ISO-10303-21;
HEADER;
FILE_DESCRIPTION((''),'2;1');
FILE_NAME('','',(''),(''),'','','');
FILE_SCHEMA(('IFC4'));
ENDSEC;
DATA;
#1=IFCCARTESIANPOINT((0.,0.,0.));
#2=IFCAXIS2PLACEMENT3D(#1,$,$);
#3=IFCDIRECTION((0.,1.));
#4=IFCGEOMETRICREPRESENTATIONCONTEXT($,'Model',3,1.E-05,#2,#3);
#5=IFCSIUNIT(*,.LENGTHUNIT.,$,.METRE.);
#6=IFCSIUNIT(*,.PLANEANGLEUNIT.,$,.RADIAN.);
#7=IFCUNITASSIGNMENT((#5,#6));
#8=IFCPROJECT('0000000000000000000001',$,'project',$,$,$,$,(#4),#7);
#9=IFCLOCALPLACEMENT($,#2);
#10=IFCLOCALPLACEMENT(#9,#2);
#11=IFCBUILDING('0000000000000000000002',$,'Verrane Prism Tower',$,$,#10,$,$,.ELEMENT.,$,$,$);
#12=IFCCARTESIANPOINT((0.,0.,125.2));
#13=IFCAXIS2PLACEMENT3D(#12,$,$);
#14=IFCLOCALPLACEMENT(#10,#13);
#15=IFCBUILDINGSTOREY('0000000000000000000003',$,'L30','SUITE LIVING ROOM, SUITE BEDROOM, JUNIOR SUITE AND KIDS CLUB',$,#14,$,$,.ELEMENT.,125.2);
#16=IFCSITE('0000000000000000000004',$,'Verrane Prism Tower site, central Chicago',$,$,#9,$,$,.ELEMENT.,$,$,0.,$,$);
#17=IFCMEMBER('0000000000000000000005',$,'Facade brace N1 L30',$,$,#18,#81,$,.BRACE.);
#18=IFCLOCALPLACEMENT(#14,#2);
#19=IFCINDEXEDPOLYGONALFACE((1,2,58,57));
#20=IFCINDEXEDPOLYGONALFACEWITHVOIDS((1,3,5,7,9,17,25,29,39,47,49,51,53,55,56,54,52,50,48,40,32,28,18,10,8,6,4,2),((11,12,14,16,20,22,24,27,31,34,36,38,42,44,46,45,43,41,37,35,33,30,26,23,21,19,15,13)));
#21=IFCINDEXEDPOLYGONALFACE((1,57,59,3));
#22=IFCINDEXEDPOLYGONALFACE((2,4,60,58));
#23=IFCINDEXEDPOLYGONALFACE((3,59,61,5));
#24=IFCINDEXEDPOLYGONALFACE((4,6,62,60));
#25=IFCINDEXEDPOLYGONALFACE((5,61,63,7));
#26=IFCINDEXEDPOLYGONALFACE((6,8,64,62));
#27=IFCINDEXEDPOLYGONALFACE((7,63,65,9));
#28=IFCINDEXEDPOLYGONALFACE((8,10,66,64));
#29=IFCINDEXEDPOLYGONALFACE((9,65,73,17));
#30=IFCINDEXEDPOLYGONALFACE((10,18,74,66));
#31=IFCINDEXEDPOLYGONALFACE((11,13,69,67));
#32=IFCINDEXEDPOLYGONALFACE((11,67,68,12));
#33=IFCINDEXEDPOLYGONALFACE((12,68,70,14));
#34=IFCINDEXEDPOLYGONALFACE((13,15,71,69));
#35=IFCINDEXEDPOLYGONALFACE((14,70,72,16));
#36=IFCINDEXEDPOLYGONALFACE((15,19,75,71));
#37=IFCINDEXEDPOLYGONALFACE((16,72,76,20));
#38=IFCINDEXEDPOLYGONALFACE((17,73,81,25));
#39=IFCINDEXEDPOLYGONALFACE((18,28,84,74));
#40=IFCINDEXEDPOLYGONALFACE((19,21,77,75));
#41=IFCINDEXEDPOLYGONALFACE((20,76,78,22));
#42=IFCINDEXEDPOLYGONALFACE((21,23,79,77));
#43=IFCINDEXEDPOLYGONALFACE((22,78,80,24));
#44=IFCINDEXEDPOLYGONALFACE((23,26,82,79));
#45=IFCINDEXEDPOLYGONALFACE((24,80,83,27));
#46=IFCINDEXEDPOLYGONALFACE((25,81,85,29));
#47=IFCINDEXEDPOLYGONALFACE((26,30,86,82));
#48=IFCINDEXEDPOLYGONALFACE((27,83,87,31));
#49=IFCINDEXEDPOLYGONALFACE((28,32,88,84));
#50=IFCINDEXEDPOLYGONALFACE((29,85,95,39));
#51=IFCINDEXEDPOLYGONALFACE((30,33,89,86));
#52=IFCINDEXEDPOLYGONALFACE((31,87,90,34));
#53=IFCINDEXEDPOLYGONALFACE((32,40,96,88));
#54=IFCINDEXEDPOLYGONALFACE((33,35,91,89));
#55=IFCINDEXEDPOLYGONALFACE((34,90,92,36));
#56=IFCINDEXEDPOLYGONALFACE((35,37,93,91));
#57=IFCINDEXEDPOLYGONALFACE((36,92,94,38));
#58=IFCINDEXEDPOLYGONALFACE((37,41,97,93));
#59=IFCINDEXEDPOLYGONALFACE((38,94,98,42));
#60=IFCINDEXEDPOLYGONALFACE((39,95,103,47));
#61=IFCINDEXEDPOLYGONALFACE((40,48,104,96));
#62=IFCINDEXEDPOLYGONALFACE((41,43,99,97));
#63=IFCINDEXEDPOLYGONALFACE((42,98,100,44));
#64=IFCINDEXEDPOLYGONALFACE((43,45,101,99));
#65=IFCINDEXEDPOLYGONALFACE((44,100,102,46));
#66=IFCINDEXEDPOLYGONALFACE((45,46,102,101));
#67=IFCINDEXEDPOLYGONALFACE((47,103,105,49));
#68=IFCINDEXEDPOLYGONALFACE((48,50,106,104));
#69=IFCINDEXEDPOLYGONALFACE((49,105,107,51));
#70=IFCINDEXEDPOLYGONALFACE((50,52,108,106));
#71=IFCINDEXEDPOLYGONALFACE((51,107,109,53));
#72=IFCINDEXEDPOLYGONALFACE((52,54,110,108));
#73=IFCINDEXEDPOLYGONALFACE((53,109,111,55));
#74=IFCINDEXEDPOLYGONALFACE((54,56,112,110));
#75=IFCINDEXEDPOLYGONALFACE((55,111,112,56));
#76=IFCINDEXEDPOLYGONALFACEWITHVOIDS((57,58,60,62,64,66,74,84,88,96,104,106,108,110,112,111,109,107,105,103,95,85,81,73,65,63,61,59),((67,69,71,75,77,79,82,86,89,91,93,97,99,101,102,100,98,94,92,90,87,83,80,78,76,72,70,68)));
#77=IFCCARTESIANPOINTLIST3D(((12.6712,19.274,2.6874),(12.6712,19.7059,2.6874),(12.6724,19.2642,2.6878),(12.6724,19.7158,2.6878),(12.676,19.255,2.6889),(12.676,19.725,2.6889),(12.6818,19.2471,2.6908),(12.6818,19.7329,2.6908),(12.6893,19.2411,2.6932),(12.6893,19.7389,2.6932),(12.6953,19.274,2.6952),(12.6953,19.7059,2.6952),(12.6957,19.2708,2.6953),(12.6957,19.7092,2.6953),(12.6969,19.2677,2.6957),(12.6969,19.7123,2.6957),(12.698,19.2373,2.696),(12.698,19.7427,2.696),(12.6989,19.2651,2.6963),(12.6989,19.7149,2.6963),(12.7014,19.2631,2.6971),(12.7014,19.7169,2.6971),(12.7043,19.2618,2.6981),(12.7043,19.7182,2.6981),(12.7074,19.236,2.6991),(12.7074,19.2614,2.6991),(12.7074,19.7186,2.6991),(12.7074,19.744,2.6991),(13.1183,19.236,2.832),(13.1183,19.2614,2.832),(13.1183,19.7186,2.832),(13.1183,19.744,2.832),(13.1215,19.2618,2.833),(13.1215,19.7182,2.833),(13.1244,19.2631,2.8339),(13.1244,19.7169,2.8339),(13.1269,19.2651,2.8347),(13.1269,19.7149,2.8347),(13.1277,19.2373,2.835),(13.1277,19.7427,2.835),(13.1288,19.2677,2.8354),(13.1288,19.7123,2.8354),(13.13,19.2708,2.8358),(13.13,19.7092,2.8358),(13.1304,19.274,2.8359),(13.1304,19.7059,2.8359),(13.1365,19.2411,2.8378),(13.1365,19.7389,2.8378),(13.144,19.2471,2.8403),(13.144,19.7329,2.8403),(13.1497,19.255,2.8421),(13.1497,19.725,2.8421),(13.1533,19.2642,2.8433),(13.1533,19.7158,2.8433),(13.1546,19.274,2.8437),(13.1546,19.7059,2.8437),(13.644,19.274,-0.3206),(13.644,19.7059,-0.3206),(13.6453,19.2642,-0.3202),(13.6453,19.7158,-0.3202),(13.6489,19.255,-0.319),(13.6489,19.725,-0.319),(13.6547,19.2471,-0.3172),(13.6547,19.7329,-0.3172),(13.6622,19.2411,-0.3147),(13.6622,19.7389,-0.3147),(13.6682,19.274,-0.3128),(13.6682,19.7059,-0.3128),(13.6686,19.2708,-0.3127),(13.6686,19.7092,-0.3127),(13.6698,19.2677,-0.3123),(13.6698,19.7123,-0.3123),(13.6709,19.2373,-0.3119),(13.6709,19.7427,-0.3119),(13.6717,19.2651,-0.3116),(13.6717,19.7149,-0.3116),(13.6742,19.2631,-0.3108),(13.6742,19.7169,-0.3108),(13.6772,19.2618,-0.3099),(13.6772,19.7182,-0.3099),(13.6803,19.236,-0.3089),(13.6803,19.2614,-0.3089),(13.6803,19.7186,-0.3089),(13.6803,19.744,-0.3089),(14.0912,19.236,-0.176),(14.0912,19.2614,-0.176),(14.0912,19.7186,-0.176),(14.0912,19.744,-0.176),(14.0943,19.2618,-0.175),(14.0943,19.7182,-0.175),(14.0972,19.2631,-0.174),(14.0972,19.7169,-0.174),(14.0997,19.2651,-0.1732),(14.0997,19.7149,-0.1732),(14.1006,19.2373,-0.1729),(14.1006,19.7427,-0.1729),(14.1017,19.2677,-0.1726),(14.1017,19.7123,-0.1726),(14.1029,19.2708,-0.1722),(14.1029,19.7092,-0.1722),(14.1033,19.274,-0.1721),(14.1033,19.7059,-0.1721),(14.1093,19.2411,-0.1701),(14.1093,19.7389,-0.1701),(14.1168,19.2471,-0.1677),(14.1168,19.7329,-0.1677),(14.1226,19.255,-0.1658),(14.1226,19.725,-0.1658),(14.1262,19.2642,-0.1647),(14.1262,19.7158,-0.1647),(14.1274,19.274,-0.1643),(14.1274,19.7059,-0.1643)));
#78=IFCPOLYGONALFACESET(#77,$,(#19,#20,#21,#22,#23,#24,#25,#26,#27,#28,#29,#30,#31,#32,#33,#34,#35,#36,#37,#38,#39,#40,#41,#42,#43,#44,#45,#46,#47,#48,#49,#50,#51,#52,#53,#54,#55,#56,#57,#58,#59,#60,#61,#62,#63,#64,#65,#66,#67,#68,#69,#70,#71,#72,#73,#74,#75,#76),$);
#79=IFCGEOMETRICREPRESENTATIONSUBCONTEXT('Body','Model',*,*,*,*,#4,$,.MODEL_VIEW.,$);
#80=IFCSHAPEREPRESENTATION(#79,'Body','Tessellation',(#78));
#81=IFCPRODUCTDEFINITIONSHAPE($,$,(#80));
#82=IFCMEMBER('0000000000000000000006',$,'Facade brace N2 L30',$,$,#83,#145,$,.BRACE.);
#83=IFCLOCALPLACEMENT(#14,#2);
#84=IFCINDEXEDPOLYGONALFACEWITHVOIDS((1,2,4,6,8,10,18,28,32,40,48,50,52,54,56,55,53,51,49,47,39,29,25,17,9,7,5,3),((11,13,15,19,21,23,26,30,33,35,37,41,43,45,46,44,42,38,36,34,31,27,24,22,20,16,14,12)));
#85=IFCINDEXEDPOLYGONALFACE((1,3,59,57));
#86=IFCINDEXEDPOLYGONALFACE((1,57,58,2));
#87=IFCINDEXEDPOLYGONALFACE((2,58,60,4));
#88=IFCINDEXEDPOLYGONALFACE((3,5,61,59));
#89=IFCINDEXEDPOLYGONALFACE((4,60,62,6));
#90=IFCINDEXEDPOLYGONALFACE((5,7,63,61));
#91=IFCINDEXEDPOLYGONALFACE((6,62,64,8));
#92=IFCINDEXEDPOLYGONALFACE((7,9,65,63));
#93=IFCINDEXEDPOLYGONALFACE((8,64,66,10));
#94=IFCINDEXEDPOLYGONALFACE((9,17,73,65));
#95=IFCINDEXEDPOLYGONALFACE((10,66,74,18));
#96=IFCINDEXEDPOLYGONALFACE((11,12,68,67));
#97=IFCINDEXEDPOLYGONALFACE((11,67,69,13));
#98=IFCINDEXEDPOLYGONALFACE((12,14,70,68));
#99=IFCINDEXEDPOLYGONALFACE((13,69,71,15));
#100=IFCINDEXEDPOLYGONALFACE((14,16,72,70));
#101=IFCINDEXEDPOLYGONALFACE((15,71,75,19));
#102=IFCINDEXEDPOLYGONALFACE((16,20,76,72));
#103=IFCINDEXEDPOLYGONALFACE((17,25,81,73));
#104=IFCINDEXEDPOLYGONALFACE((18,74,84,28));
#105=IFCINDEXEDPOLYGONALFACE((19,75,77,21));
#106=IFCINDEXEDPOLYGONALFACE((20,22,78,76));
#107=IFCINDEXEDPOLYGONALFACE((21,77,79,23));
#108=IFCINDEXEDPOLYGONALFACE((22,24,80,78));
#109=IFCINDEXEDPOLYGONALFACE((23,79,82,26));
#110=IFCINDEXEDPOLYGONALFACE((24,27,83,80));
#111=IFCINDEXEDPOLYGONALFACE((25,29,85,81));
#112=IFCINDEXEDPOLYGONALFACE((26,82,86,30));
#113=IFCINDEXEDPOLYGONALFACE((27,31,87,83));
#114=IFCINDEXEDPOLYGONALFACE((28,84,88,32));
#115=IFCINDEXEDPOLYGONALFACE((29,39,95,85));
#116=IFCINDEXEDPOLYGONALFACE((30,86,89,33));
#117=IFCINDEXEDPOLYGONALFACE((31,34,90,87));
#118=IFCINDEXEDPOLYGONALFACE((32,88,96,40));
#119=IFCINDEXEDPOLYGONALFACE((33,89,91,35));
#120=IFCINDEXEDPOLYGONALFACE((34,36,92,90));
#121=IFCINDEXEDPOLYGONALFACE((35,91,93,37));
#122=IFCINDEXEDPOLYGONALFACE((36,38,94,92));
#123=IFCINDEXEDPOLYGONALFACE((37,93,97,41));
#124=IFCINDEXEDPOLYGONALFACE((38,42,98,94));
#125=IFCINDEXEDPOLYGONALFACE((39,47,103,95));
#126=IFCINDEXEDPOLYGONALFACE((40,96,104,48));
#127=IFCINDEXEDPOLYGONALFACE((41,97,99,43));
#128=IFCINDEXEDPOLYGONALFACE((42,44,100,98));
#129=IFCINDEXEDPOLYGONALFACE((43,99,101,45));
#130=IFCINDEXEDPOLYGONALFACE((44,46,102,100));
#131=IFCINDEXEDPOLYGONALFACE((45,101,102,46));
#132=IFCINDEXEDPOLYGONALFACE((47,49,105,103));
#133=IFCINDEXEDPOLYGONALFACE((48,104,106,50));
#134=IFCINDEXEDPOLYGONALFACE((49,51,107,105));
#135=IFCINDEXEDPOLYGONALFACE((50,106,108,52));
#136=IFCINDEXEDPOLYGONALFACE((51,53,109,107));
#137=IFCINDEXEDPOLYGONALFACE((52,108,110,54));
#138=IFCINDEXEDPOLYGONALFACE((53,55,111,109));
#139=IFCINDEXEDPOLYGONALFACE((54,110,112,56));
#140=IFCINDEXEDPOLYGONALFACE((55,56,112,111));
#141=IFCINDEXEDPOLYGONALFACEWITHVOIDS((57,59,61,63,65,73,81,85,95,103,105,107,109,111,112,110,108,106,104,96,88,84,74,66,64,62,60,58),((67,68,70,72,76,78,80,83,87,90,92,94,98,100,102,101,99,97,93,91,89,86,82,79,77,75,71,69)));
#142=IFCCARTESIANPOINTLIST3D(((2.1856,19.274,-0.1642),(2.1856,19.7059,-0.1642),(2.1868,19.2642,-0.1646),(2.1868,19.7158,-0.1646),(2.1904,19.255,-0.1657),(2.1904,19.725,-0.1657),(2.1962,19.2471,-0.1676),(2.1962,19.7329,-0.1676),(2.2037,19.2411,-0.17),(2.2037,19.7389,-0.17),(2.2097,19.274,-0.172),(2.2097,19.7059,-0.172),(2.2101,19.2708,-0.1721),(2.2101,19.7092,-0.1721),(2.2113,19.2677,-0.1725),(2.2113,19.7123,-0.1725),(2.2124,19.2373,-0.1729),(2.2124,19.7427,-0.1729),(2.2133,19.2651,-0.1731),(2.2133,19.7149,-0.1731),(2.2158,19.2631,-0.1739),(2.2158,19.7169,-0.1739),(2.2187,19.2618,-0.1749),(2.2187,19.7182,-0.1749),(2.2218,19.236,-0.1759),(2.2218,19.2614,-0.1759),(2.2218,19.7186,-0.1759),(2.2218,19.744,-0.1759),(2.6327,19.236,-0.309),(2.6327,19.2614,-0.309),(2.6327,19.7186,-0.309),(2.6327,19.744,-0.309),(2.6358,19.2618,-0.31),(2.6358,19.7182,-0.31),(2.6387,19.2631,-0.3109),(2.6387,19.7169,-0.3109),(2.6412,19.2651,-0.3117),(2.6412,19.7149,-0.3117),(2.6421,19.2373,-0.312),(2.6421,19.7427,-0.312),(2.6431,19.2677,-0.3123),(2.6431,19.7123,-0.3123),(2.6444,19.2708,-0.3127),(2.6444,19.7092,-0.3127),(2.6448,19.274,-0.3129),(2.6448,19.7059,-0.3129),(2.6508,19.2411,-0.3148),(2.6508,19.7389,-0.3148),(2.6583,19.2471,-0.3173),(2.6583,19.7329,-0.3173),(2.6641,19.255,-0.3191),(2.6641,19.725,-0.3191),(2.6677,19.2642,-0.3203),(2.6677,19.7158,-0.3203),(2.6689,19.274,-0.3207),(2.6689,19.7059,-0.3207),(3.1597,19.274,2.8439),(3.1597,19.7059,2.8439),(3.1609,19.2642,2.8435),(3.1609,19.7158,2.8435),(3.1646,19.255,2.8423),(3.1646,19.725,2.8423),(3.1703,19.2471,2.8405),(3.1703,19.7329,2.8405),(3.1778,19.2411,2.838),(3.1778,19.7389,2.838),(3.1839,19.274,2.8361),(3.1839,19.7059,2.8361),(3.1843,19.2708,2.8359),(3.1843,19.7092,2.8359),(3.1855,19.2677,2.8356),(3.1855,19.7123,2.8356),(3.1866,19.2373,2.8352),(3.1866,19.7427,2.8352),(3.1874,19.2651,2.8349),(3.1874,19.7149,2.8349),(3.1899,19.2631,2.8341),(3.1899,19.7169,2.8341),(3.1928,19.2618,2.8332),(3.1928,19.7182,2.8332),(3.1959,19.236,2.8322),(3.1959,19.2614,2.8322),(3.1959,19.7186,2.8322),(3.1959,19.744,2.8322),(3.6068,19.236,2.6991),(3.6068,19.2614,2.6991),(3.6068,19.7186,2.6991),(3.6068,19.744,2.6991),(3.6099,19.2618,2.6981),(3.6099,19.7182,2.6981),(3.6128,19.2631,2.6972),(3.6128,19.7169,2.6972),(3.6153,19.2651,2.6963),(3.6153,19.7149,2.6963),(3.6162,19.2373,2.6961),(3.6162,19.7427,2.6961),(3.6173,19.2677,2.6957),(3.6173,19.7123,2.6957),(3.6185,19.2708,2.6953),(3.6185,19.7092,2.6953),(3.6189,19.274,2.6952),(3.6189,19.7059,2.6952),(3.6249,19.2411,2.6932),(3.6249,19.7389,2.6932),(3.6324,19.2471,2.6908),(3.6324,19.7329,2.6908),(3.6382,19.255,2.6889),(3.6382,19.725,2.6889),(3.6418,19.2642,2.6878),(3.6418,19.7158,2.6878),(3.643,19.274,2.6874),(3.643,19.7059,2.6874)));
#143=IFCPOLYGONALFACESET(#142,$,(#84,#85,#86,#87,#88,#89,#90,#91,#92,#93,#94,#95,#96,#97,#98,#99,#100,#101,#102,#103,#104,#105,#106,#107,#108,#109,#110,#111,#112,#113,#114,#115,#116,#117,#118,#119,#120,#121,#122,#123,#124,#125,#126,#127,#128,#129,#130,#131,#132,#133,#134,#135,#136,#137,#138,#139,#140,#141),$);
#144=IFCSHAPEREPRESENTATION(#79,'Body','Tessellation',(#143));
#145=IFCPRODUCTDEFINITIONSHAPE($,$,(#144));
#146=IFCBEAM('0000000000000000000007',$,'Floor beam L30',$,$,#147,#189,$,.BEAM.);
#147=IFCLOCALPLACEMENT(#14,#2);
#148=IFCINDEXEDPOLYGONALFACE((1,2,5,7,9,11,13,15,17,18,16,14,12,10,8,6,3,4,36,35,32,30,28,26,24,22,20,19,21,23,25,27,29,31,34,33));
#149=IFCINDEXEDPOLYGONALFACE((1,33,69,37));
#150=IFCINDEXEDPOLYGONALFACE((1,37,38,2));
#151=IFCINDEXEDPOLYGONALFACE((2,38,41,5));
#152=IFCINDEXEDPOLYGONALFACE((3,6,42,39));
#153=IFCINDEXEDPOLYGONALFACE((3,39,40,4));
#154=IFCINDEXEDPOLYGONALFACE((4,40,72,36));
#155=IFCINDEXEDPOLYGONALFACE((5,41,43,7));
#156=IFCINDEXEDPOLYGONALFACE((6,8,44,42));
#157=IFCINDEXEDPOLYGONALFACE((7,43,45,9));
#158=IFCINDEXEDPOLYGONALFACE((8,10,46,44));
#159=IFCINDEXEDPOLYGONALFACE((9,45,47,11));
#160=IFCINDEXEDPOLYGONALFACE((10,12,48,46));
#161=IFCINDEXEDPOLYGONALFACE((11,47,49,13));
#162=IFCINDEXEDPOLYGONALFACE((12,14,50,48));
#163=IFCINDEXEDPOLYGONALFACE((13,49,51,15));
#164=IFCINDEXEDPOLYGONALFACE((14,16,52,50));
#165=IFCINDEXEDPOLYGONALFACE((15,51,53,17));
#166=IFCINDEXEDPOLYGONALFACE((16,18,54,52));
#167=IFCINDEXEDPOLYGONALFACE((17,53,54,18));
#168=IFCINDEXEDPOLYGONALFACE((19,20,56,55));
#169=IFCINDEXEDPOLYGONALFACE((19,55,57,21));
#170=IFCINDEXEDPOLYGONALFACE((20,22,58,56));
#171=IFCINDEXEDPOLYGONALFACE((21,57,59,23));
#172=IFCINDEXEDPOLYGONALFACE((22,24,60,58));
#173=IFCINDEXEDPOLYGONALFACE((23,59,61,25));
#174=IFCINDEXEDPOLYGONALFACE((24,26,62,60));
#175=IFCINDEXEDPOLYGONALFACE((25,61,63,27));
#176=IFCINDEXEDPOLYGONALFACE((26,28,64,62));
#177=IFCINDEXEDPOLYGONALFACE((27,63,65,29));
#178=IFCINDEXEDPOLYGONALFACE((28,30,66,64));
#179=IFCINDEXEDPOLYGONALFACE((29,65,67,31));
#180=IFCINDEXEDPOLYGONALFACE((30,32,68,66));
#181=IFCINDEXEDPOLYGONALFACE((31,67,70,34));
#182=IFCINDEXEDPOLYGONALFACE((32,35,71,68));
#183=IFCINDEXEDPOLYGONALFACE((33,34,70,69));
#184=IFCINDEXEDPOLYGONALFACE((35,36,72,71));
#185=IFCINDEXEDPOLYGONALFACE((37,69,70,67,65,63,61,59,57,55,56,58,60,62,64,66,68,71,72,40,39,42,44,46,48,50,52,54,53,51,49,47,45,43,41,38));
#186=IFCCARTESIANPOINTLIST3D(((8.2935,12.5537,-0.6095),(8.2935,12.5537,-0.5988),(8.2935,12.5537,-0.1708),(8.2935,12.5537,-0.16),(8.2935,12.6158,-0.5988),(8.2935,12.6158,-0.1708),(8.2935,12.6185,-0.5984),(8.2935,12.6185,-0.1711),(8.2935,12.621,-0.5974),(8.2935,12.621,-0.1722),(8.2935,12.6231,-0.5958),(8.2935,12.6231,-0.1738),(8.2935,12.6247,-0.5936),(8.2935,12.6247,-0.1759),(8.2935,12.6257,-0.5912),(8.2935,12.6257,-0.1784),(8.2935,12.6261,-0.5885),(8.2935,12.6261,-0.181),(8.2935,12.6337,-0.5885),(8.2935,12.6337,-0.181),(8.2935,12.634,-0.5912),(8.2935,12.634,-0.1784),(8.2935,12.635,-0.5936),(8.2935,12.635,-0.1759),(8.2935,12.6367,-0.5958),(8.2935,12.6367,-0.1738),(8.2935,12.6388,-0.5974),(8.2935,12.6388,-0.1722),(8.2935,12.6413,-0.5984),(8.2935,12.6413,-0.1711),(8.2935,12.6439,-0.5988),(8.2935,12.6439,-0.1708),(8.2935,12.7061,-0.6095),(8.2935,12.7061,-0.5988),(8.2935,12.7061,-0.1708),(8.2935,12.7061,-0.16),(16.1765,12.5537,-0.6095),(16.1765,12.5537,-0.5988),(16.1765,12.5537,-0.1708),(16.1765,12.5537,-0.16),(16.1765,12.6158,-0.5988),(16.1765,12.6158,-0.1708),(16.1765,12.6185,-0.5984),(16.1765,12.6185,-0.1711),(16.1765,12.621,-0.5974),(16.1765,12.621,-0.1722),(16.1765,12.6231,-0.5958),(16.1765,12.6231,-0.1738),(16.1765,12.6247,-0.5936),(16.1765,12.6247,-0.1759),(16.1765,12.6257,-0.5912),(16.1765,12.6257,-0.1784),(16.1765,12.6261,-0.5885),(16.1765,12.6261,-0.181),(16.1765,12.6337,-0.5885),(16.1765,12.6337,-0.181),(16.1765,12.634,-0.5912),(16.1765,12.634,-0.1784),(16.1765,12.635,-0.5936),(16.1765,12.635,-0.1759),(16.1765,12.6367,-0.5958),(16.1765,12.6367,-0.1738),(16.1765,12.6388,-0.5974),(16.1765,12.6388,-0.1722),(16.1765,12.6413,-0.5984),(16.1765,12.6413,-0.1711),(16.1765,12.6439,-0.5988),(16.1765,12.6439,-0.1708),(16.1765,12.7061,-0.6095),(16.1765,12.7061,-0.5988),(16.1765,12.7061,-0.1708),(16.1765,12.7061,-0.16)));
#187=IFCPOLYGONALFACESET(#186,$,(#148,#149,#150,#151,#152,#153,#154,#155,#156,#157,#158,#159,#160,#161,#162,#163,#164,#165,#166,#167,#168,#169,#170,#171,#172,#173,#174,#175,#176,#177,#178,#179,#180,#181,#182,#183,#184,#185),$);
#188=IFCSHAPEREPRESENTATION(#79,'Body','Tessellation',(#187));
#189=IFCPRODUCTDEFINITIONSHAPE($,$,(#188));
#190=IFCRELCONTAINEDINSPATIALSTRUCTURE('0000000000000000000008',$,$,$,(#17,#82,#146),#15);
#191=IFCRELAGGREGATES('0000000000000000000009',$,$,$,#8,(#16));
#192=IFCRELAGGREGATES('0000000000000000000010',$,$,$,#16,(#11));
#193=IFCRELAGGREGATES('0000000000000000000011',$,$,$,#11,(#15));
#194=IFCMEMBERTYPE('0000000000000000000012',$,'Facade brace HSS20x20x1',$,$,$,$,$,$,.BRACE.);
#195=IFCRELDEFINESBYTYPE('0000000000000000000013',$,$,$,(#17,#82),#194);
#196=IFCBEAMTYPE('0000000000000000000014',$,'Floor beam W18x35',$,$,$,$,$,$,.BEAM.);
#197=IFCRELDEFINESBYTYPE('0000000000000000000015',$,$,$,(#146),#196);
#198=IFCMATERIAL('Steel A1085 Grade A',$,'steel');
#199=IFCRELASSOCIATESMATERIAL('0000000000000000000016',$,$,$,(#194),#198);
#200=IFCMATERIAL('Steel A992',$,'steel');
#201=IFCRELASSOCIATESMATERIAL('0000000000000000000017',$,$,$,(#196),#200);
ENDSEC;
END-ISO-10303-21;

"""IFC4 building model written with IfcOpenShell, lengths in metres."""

from ifc_helpers import new_model, si_unit, direction, frame, origin, origin_2d, place, context, subcontext, project, spatial, hollow_rectangle, i_section, extrude, material, material_profile, profile_set, type_object, element, save


model = new_model("IFC4")

# Units and contexts
model_context = context("Model", 3, precision=1e-05, world=origin(), true_north=direction((0.0, 1.0)))
body_context = subcontext(model_context, "Body", "Model", "MODEL_VIEW")
ifc_project = project(units=[si_unit("LENGTHUNIT", "METRE"), si_unit("PLANEANGLEUNIT", "RADIAN")], contexts=[model_context])

# Site, building, storey
site_placement = place(None, origin())
site = spatial("IfcSite", under=ifc_project, at=site_placement, Name="Verrane Prism Tower site, central Chicago", CompositionType="ELEMENT", RefElevation=0.0)
building_placement = place(site_placement, origin())
building = spatial("IfcBuilding", under=site, at=building_placement, Name="Verrane Prism Tower", CompositionType="ELEMENT")
storey_placement = place(building_placement, frame((0.0, 0.0, 125.2)))
storey = spatial("IfcBuildingStorey", under=building, at=storey_placement, Name="L30", Description="SUITE LIVING ROOM, SUITE BEDROOM, JUNIOR SUITE AND KIDS CLUB", CompositionType="ELEMENT", Elevation=125.2)

# Members
ifc_material_1 = material(Name="Steel A1085 Grade A", Category="steel")
ifc_material_profile_1 = material_profile(ifc_material_1, hollow_rectangle(XDim=0.5081, YDim=0.5081, WallThickness=0.0254, InnerFilletRadius=0.0127, OuterFilletRadius=0.0381, at=origin_2d()), Name="HSS20x20x1")
ifc_profile_set_1 = profile_set([ifc_material_profile_1], Name="Steel A1085 Grade A")
member_type_1 = type_object("IfcMemberType", Name="Facade brace HSS20x20x1", PredefinedType="BRACE", material=ifc_profile_set_1)
member_1_placement = place(storey_placement, frame((13.8857, 19.49, -0.2424), z_axis=(-0.307736, 0.0, 0.951472), x_axis=(0.0, -1.0, 0.0)))
element("IfcMember", 1, at=member_1_placement, inside=storey, type_object=member_type_1, Name="Facade brace N1 L30", PredefinedType="BRACE", context=body_context, shape_type="SweptSolid", body=[
    extrude(hollow_rectangle(XDim=0.5081, YDim=0.5081, WallThickness=0.0254, InnerFilletRadius=0.0127, OuterFilletRadius=0.0381, at=origin_2d()), origin(), (0.0, 0.0, 1.0), 3.1614),
])
member_2_placement = place(storey_placement, frame((2.4272, 19.49, -0.2424), z_axis=(0.308085, 0.0, 0.951359), x_axis=(0.0, 1.0, 0.0)))
element("IfcMember", 2, at=member_2_placement, inside=storey, type_object=member_type_1, Name="Facade brace N2 L30", PredefinedType="BRACE", context=body_context, shape_type="SweptSolid", body=[
    extrude(hollow_rectangle(XDim=0.5081, YDim=0.5081, WallThickness=0.0254, InnerFilletRadius=0.0127, OuterFilletRadius=0.0381, at=origin_2d()), origin(), (0.0, 0.0, 1.0), 3.1619),
])

# Beam
ifc_material_2 = material(Name="Steel A992", Category="steel")
ifc_material_profile_2 = material_profile(ifc_material_2, i_section(OverallWidth=0.1523, OverallDepth=0.4495, WebThickness=0.0076, FlangeThickness=0.0107, FilletRadius=0.0103, at=origin_2d()), Name="W18x35")
ifc_profile_set_2 = profile_set([ifc_material_profile_2], Name="Steel A992")
beam_type_1 = type_object("IfcBeamType", Name="Floor beam W18x35", PredefinedType="BEAM", material=ifc_profile_set_2)
for number, where, z_axis, x_axis, name in (
    (3, (8.2935, 12.6299, -0.3848), (1.0, 0.0, 0.0), (0.0, 1.0, 0.0), "Floor beam L30"),
):
    element("IfcBeam", number, at=place(storey_placement, frame(where, z_axis=z_axis, x_axis=x_axis)), inside=storey, type_object=beam_type_1, Name=name, PredefinedType="BEAM", context=body_context, shape_type="SweptSolid", body=[
        extrude(i_section(OverallWidth=0.1523, OverallDepth=0.4495, WebThickness=0.0076, FlangeThickness=0.0107, FilletRadius=0.0103, at=origin_2d()), origin(), (0.0, 0.0, 1.0), 7.8831),
    ])

save(model, "model.ifc")
